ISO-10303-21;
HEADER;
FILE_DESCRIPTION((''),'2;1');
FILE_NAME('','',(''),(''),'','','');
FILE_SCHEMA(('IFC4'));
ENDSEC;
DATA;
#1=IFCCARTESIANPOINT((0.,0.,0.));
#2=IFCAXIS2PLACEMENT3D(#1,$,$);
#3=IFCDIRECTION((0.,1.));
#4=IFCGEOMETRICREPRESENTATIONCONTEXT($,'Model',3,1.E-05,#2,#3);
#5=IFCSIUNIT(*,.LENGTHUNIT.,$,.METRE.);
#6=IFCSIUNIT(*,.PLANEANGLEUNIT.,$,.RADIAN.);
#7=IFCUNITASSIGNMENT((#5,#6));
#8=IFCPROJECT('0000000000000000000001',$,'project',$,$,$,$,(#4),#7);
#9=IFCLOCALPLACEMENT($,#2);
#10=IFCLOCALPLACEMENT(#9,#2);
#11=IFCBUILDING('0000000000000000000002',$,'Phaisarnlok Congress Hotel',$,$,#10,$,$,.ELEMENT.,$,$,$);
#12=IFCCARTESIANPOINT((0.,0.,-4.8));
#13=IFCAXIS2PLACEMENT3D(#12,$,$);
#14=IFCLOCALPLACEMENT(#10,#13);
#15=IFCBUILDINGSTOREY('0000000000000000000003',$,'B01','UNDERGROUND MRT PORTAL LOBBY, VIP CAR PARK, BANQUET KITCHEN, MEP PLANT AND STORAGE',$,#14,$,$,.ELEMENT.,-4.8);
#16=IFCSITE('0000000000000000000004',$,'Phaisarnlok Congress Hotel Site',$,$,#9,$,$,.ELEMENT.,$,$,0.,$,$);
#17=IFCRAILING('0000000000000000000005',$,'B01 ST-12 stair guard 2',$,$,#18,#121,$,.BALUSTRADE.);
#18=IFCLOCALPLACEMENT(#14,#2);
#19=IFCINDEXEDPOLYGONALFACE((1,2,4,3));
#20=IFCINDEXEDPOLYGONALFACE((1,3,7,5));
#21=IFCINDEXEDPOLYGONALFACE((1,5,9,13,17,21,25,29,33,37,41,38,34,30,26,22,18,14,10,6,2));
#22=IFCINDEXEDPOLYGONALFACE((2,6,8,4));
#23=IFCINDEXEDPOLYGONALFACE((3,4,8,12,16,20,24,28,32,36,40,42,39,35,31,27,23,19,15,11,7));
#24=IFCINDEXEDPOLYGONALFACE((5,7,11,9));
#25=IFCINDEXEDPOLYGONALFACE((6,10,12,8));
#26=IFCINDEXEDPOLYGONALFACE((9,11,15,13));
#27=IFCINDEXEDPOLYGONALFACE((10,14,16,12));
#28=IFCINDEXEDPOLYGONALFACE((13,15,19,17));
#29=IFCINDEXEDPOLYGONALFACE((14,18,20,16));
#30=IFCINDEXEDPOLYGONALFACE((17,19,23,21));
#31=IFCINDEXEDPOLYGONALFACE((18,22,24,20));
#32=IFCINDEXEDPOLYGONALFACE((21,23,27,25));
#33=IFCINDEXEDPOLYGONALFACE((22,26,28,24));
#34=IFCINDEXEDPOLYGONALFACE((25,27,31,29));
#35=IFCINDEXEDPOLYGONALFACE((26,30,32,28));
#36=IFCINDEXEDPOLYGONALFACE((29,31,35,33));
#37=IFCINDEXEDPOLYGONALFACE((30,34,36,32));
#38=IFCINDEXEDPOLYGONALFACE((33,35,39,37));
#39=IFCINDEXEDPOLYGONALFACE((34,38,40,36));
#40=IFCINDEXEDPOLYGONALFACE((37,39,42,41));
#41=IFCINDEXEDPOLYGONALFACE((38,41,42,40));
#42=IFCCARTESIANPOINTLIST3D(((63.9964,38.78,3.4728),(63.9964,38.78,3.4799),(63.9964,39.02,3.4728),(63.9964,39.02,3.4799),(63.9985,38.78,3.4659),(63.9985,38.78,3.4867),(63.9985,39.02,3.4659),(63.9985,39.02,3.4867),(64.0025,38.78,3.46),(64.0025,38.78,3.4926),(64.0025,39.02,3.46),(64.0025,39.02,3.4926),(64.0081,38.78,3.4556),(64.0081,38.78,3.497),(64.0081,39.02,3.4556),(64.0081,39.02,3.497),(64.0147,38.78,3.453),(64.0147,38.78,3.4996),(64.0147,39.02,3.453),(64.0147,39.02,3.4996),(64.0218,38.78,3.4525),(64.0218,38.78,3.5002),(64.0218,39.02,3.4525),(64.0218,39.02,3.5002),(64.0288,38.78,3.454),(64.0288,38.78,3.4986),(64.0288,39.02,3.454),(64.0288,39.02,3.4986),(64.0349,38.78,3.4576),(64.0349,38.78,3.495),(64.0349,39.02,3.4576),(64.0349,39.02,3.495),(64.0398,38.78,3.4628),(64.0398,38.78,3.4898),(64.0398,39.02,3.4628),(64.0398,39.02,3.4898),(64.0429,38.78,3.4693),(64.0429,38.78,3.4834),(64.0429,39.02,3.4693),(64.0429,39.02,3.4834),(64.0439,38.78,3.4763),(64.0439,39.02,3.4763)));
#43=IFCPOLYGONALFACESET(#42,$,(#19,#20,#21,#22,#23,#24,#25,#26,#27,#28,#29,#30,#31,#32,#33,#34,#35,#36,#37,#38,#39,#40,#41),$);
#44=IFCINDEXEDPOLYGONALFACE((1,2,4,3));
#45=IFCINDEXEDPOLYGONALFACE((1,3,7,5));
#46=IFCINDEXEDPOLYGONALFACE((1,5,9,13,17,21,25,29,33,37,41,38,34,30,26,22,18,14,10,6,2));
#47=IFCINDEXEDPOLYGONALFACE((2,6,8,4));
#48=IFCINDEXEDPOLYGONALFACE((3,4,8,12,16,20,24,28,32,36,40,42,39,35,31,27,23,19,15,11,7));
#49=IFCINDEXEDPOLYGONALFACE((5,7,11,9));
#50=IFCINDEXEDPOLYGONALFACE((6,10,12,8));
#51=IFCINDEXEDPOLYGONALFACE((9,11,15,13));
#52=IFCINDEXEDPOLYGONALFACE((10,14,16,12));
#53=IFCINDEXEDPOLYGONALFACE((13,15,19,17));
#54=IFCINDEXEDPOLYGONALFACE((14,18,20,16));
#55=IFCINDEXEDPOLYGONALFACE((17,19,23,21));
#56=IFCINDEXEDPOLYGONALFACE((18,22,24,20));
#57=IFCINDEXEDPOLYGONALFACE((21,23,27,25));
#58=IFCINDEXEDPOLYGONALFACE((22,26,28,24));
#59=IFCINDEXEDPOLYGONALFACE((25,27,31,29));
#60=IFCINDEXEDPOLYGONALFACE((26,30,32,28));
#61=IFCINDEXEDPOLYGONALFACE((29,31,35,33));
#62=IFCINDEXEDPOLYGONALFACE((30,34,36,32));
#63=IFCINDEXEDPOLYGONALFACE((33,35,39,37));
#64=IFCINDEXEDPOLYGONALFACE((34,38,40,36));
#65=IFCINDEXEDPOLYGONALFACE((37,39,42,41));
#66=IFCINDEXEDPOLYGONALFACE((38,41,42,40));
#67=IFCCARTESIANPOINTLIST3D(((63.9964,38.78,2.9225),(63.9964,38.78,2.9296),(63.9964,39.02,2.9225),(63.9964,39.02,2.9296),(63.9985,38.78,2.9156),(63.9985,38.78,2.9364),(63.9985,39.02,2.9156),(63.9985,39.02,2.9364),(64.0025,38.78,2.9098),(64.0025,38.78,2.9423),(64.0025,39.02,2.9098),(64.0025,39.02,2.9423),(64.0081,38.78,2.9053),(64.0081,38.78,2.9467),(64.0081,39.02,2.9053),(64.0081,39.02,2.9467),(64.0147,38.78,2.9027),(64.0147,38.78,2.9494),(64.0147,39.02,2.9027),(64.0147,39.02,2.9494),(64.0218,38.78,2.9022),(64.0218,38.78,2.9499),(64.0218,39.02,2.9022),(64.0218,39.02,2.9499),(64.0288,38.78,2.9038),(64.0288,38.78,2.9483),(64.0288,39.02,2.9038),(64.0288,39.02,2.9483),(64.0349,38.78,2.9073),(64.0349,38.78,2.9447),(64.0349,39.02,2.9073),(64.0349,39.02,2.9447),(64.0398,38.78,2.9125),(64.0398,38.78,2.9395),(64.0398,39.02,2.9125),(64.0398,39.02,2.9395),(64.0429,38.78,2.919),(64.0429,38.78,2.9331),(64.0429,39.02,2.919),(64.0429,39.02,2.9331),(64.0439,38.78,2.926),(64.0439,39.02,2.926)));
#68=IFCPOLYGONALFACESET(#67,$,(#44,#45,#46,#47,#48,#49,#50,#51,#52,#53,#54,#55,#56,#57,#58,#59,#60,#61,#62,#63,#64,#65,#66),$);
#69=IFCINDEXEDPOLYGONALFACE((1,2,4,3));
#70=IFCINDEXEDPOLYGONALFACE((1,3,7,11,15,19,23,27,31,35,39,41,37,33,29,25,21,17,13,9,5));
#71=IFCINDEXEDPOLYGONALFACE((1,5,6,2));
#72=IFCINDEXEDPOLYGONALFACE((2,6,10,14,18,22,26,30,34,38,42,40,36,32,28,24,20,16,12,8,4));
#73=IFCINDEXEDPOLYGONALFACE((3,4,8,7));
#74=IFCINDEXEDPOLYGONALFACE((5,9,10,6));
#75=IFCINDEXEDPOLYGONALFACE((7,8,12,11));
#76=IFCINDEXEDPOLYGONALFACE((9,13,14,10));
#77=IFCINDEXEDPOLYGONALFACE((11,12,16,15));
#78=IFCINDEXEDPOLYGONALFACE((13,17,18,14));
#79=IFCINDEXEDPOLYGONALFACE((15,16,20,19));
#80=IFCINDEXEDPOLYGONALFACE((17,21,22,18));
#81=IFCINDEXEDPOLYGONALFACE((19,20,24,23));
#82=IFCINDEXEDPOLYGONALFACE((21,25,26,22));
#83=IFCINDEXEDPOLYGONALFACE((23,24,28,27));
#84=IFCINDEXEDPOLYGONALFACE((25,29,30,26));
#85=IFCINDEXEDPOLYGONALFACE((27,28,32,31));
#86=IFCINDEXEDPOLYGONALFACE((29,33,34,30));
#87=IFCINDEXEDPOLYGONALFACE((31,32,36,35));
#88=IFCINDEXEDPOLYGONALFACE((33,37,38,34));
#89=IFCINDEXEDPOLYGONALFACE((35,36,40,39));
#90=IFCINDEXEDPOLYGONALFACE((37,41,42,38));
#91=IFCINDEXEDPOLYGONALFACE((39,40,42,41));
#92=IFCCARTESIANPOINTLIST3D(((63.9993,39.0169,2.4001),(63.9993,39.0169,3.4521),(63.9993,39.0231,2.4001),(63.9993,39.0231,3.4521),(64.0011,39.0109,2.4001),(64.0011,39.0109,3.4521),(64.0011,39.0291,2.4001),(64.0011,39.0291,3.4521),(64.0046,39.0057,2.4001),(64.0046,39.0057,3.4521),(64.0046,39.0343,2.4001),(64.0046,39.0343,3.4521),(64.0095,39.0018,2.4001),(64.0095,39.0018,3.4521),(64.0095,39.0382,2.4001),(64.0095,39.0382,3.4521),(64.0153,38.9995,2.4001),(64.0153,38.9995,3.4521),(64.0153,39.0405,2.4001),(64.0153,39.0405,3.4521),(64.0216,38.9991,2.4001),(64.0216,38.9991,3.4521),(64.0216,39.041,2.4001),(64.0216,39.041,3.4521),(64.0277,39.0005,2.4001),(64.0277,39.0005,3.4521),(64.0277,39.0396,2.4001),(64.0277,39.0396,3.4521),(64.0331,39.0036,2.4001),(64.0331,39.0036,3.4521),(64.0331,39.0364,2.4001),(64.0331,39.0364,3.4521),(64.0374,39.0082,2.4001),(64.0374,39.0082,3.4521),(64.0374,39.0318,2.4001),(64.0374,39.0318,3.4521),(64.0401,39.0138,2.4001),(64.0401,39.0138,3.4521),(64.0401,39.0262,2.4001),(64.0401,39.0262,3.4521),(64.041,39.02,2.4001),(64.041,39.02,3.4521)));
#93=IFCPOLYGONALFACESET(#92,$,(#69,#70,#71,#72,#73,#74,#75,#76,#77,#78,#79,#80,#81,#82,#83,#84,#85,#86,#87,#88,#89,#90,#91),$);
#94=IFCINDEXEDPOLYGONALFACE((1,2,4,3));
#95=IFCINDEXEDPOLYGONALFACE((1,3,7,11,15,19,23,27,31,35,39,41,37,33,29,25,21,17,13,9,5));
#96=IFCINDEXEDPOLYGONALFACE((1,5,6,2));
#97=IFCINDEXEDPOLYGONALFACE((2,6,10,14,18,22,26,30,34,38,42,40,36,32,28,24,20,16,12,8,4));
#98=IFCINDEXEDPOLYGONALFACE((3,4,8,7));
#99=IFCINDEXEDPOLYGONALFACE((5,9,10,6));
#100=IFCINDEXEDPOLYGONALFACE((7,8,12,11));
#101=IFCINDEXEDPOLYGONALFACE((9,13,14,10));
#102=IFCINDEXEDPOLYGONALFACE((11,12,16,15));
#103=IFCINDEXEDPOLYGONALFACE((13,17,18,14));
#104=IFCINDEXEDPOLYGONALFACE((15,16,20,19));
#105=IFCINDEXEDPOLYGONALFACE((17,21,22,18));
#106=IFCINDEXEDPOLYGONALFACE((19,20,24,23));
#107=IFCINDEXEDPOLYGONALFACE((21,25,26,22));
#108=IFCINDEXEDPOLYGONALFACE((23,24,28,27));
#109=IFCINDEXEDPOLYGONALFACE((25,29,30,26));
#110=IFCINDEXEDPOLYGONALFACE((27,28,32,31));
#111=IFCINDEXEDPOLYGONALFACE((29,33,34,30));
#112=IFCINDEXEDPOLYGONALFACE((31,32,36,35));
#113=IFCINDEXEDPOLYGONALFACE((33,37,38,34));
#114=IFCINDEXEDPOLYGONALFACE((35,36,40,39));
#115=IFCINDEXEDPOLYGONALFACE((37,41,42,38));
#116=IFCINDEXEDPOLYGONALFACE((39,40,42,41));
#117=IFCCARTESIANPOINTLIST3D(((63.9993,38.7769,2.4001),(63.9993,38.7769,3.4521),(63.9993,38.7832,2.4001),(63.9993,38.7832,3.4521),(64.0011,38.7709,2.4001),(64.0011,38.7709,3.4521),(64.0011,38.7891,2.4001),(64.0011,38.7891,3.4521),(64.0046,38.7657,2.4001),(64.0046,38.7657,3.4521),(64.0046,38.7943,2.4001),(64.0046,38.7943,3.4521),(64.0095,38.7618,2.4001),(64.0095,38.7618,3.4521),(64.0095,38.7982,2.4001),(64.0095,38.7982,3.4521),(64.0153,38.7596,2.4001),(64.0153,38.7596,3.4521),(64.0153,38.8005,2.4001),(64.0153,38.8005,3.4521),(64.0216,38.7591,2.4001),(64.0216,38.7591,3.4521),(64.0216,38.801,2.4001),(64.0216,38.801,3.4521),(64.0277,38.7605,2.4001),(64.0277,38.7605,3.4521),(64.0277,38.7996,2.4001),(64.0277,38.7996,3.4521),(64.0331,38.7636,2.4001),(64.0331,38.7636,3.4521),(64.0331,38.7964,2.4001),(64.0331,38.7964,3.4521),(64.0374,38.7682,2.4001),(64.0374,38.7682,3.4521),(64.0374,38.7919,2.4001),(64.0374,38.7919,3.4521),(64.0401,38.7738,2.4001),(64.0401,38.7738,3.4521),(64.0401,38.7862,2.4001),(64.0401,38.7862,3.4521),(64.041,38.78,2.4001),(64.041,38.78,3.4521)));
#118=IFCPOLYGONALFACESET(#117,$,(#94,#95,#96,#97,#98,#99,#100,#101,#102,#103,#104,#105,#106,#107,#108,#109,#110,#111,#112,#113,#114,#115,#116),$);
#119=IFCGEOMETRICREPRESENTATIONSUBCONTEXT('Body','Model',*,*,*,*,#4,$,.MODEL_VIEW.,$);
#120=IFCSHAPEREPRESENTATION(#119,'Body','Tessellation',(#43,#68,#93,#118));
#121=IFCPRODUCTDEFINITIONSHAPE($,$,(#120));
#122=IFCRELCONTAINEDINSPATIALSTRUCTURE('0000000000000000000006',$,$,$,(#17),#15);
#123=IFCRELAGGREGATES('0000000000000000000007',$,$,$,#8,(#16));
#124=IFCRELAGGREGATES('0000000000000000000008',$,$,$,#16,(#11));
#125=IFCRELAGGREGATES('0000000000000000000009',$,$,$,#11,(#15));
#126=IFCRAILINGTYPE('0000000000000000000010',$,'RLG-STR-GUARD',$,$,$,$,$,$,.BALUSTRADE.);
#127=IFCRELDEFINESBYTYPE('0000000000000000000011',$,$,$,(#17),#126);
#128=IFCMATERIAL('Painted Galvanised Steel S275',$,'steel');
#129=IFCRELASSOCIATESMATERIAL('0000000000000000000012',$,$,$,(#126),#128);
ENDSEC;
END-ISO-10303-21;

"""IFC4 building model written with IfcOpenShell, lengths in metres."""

from ifc_helpers import new_model, si_unit, direction, frame, origin, origin_2d, place, context, subcontext, project, spatial, circle, extrude, material, type_object, element, save


model = new_model("IFC4")

# Units and contexts
model_context = context("Model", 3, precision=1e-05, world=origin(), true_north=direction((0.0, 1.0)))
body_context = subcontext(model_context, "Body", "Model", "MODEL_VIEW")
ifc_project = project(units=[si_unit("LENGTHUNIT", "METRE"), si_unit("PLANEANGLEUNIT", "RADIAN")], contexts=[model_context])

# Site, building, storey
site_placement = place(None, origin())
site = spatial("IfcSite", under=ifc_project, at=site_placement, Name="Phaisarnlok Congress Hotel Site", CompositionType="ELEMENT", RefElevation=0.0)
building_placement = place(site_placement, origin())
building = spatial("IfcBuilding", under=site, at=building_placement, Name="Phaisarnlok Congress Hotel", CompositionType="ELEMENT")
storey_placement = place(building_placement, frame((0.0, 0.0, -4.8)))
storey = spatial("IfcBuildingStorey", under=building, at=storey_placement, Name="B01", Description="UNDERGROUND MRT PORTAL LOBBY, VIP CAR PARK, BANQUET KITCHEN, MEP PLANT AND STORAGE", CompositionType="ELEMENT", Elevation=-4.8)

# Railing
ifc_material_1 = material(Name="Painted Galvanised Steel S275", Category="steel")
railing_type_1 = type_object("IfcRailingType", Name="RLG-STR-GUARD", PredefinedType="BALUSTRADE", material=ifc_material_1)
railing_1_placement = place(storey_placement, frame((64.02, 39.02, 2.4001)))
element("IfcRailing", 1, at=railing_1_placement, inside=storey, type_object=railing_type_1, Name="B01 ST-12 stair guard 2", PredefinedType="BALUSTRADE", context=body_context, shape_type="SweptSolid", body=[
    extrude(circle(Radius=0.0239, at=origin_2d()), frame((0.0, 0.0, 1.0762), z_axis=(0.0, -1.0, 0.0), x_axis=(1.0, 0.0, 0.0)), (0.0, 0.0, 1.0), 0.24),
    extrude(circle(Radius=0.0239, at=origin_2d()), frame((0.0, 0.0, 0.5259), z_axis=(0.0, -1.0, 0.0), x_axis=(1.0, 0.0, 0.0)), (0.0, 0.0, 1.0), 0.24),
    extrude(circle(Radius=0.021, at=origin_2d()), origin(), (0.0, 0.0, 1.0), 1.052),
    extrude(circle(Radius=0.021, at=origin_2d()), frame((0.0, -0.24, 0.0)), (0.0, 0.0, 1.0), 1.052),
])

save(model, "model.ifc")
